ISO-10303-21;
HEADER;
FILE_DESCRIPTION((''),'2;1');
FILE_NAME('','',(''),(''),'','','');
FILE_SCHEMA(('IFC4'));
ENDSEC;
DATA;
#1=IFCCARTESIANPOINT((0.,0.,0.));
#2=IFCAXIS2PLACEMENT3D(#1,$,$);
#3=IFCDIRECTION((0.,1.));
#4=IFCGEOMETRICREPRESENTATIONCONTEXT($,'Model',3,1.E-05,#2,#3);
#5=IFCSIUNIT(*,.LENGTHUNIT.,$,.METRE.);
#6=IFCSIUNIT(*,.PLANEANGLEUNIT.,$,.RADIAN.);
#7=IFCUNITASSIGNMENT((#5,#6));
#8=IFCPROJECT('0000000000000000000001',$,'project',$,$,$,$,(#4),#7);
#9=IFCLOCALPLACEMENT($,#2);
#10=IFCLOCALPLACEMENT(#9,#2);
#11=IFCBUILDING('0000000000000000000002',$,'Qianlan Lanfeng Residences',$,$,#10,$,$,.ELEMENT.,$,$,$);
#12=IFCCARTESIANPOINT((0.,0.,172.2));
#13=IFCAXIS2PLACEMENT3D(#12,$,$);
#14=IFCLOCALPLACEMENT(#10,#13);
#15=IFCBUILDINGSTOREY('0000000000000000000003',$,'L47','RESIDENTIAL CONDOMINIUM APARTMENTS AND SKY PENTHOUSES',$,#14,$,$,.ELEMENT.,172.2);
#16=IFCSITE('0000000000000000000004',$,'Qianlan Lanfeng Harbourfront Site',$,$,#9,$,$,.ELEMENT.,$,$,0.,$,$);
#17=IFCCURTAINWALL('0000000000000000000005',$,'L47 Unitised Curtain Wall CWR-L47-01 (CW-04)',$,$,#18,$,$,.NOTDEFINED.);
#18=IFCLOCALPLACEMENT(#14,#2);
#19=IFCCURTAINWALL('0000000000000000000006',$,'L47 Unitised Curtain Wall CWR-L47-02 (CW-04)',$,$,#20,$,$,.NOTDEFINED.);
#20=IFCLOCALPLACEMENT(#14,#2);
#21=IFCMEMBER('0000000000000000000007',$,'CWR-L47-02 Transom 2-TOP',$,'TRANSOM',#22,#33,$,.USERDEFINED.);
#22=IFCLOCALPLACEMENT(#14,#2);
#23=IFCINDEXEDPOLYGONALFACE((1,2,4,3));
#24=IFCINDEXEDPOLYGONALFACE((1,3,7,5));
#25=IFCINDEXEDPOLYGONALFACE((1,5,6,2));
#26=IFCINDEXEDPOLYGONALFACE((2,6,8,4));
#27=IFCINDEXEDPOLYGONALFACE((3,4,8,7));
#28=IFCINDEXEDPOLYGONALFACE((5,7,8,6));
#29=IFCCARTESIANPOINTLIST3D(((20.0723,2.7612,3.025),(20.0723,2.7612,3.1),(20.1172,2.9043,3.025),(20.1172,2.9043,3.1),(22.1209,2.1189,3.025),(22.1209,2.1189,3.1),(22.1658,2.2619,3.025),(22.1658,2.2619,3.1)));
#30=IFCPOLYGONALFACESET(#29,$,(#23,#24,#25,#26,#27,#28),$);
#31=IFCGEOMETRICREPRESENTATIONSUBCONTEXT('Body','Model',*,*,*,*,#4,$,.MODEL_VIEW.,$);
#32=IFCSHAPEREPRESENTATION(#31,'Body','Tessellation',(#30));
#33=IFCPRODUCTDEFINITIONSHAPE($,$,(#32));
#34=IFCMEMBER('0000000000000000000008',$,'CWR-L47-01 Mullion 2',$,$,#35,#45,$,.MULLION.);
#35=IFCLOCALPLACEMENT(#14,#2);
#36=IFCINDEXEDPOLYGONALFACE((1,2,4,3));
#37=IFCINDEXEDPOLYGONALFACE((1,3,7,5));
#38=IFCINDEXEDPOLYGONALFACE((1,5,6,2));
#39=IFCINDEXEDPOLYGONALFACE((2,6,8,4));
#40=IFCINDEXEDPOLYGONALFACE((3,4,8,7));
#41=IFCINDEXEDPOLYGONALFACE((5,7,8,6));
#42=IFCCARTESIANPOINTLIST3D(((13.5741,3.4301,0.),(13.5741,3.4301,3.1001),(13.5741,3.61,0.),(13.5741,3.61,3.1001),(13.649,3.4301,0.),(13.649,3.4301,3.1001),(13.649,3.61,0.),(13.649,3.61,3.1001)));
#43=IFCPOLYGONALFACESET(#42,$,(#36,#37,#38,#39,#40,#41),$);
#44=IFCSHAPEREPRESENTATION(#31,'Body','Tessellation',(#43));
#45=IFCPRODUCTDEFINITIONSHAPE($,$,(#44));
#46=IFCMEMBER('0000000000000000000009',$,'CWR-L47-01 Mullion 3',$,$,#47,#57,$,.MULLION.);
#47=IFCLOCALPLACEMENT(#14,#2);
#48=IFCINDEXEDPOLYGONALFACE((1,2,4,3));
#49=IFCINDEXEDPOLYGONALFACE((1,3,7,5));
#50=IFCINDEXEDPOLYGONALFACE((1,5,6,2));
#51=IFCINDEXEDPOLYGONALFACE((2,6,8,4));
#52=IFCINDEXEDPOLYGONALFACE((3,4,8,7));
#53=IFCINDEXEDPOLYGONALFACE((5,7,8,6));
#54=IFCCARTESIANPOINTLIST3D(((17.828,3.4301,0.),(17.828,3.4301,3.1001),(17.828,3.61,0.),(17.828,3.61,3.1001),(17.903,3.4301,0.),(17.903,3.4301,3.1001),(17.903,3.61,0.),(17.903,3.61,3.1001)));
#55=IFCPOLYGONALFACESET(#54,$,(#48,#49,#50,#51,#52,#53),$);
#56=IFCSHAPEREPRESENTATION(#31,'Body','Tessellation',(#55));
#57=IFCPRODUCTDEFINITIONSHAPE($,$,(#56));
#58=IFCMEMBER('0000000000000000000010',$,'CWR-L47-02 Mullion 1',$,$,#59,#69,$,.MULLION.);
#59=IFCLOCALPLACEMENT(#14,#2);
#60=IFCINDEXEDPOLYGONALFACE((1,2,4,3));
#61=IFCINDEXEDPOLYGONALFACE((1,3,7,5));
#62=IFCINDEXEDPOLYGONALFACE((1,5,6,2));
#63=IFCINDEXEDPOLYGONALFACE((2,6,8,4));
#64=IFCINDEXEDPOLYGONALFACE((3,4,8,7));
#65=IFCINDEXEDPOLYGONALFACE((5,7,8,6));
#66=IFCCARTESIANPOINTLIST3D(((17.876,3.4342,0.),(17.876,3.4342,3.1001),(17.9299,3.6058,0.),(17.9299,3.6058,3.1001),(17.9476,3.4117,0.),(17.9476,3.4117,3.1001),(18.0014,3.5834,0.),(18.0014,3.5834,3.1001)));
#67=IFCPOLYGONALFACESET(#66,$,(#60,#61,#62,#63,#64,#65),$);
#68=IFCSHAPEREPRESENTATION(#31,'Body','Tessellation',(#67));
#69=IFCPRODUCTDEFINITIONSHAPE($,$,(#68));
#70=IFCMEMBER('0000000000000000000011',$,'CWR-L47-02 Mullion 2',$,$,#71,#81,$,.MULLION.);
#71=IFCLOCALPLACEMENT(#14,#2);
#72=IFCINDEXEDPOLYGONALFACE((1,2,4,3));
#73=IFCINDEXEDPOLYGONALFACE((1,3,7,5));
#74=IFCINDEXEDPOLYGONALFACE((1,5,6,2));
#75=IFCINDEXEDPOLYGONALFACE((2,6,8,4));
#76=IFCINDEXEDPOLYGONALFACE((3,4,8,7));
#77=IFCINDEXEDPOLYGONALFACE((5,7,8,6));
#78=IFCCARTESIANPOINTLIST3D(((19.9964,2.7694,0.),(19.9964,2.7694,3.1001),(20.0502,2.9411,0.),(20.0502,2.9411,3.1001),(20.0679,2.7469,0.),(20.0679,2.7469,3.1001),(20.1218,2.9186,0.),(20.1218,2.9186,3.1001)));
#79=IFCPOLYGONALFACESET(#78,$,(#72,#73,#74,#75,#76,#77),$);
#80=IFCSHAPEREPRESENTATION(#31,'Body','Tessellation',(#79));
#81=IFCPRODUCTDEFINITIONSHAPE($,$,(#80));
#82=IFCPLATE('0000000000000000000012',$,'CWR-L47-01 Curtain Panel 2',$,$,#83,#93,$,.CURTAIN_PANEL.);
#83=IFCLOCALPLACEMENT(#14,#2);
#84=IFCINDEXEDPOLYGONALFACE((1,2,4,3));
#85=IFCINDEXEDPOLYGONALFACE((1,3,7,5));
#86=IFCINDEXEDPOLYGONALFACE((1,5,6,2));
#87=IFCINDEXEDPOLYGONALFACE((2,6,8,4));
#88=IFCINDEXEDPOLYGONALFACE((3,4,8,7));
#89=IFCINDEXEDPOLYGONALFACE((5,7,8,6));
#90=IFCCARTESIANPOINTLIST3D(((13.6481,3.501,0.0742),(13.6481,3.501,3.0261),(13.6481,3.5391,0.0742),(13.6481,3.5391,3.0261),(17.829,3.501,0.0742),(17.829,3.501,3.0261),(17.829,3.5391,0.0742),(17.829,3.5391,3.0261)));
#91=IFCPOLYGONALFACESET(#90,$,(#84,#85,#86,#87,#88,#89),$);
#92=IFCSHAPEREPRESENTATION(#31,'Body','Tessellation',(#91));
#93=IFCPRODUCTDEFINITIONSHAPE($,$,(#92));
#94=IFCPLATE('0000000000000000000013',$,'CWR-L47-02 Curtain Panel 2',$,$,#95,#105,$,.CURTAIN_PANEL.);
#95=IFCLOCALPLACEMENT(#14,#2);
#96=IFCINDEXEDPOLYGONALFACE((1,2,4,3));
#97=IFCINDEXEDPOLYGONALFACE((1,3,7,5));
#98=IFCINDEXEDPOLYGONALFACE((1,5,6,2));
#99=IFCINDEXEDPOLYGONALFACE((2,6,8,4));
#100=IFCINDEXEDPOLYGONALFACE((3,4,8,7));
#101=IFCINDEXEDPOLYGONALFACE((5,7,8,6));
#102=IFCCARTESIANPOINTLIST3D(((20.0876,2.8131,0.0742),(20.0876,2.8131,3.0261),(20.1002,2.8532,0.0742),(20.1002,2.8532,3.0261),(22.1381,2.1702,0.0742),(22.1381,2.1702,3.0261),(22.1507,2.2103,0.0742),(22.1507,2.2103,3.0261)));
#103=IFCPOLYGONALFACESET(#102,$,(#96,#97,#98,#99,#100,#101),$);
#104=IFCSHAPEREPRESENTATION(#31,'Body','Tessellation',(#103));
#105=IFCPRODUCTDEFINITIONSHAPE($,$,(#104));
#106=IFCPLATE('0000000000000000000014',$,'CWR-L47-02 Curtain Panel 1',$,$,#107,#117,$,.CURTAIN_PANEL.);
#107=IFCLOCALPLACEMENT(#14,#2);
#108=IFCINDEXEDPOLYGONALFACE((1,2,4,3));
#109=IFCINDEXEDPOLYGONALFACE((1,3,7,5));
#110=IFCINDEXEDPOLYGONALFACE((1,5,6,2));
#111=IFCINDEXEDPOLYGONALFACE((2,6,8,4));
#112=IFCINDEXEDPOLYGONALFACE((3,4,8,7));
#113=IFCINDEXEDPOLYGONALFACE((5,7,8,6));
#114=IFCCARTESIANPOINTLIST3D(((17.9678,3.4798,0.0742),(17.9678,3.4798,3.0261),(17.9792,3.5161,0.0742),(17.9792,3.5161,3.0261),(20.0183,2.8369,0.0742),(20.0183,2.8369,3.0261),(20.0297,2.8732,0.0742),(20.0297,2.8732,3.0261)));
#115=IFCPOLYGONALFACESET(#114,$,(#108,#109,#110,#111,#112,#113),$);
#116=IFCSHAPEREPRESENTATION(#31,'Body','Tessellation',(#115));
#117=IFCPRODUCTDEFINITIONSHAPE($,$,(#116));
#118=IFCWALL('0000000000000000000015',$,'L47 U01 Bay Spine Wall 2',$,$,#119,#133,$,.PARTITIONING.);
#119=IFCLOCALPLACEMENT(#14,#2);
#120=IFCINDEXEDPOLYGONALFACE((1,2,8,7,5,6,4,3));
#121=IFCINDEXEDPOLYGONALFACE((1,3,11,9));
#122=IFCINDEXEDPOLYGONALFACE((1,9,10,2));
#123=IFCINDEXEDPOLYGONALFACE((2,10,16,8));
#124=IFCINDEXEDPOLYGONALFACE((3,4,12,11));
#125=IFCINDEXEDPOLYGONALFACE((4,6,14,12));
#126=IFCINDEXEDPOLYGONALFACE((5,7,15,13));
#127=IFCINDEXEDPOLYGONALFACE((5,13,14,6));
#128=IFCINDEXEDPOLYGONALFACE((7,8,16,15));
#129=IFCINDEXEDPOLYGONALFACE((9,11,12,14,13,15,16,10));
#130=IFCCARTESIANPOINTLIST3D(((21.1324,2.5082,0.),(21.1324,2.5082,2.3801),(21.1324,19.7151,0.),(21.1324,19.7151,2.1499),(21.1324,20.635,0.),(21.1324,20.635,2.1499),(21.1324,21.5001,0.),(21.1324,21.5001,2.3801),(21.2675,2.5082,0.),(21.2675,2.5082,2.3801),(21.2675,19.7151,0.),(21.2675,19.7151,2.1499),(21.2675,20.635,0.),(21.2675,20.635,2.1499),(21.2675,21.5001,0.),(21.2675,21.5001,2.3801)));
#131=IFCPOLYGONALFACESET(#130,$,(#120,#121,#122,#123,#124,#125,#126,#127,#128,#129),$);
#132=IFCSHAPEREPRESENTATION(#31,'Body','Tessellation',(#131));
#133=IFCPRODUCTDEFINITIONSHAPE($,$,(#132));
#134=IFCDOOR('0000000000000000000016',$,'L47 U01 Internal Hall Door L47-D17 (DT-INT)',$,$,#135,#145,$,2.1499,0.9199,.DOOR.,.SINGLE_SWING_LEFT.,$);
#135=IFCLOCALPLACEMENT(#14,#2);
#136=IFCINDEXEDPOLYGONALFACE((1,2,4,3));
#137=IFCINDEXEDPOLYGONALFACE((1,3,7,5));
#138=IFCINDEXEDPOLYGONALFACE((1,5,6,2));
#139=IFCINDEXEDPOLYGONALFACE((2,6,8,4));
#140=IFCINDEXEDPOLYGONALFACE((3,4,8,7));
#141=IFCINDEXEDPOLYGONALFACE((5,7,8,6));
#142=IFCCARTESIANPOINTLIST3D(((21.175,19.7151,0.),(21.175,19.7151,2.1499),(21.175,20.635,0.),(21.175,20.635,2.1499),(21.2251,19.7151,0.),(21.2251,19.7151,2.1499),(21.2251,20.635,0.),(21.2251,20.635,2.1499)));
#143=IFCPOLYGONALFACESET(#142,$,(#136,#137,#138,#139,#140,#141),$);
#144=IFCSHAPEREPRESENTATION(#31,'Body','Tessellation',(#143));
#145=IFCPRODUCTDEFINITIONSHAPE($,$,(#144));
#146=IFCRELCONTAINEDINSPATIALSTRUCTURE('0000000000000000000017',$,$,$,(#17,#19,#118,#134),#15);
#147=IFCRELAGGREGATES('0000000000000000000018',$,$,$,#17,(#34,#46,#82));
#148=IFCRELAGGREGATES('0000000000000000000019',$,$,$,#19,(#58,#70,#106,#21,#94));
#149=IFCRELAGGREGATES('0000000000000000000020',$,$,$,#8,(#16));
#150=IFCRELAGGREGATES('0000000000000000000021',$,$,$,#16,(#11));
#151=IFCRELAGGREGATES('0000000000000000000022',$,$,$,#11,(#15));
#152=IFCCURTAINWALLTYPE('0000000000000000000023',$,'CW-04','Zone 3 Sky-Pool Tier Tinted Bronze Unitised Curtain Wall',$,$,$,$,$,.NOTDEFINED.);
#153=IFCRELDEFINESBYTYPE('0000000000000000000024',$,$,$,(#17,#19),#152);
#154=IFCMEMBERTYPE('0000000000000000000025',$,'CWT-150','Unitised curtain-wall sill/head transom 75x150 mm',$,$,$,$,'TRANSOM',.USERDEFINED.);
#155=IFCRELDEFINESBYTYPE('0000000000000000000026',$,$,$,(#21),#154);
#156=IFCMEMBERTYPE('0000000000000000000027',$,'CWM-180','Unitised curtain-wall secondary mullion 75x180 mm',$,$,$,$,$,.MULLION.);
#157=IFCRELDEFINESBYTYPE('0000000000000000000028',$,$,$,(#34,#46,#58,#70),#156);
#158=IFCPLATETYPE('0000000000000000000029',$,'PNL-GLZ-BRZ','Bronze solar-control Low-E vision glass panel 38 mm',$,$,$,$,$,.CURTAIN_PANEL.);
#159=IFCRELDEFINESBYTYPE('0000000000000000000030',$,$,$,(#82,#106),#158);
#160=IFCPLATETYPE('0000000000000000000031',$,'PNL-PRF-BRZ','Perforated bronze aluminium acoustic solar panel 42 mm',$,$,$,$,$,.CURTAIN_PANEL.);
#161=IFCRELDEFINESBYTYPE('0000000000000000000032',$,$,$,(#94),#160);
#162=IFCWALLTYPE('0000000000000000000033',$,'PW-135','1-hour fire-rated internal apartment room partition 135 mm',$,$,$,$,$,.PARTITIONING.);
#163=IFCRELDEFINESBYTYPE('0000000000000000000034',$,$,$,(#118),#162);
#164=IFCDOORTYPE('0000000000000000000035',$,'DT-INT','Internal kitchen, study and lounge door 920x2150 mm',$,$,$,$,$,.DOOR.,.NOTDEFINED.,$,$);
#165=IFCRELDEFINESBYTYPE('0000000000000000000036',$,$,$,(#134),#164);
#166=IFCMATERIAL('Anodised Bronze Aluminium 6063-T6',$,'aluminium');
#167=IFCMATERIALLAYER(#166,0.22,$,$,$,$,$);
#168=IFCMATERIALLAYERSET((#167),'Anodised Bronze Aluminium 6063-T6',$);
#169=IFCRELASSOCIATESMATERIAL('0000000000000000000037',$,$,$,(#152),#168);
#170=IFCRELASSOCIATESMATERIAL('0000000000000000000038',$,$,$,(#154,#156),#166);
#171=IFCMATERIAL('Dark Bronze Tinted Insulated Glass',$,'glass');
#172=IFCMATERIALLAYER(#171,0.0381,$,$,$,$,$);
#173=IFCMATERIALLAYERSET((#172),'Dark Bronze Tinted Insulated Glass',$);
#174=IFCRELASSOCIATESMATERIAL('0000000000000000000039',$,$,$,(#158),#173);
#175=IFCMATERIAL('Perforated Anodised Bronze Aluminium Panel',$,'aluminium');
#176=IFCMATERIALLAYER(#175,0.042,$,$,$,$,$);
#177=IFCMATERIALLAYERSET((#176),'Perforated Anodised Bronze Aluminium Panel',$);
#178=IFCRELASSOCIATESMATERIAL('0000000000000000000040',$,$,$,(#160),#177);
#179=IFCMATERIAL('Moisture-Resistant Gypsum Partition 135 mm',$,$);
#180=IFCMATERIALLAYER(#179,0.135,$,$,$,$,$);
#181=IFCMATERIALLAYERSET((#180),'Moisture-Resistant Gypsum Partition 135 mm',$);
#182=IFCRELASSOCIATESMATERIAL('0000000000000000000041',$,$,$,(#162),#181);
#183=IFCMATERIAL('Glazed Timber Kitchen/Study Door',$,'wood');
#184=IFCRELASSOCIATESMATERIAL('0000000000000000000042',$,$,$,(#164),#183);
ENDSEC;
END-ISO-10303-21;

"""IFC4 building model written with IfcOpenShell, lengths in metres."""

from ifc_helpers import new_model, si_unit, direction, frame, frame_2d, origin, origin_2d, place, context, subcontext, project, spatial, rectangle, extrude, source, transform, mapped, material, layer, layer_set, material_profile, profile_set, type_object, element, fill, aggregate, save


model = new_model("IFC4")

# Units and contexts
model_context = context("Model", 3, precision=1e-05, world=origin(), true_north=direction((0.0, 1.0)))
body_context = subcontext(model_context, "Body", "Model", "MODEL_VIEW")
ifc_project = project(units=[si_unit("LENGTHUNIT", "METRE"), si_unit("PLANEANGLEUNIT", "RADIAN")], contexts=[model_context])

# Site, building, storey
site_placement = place(None, origin())
site = spatial("IfcSite", under=ifc_project, at=site_placement, Name="Qianlan Lanfeng Harbourfront Site", CompositionType="ELEMENT", RefElevation=0.0)
building_placement = place(site_placement, origin())
building = spatial("IfcBuilding", under=site, at=building_placement, Name="Qianlan Lanfeng Residences", CompositionType="ELEMENT")
storey_placement = place(building_placement, frame((0.0, 0.0, 172.2)))
storey = spatial("IfcBuildingStorey", under=building, at=storey_placement, Name="L47", Description="RESIDENTIAL CONDOMINIUM APARTMENTS AND SKY PENTHOUSES", CompositionType="ELEMENT", Elevation=172.2)

# Curtain walls, member
ifc_material_1 = material(Name="Anodised Bronze Aluminium 6063-T6", Category="aluminium")
ifc_layer_1 = layer(ifc_material_1, 0.22)
ifc_layer_set_1 = layer_set([ifc_layer_1], Name="Anodised Bronze Aluminium 6063-T6")
curtain_wall_type = type_object("IfcCurtainWallType", Name="CW-04", Description="Zone 3 Sky-Pool Tier Tinted Bronze Unitised Curtain Wall", PredefinedType="NOTDEFINED", material=ifc_layer_set_1)
curtain_wall_1_placement = place(storey_placement, origin())
curtain_wall_1 = element("IfcCurtainWall", 1, at=curtain_wall_1_placement, inside=storey, type_object=curtain_wall_type, Name="L47 Unitised Curtain Wall CWR-L47-01 (CW-04)", PredefinedType="NOTDEFINED")
ifc_material_profile_1 = material_profile(ifc_material_1, rectangle(XDim=0.075, YDim=0.1499, at=origin_2d()), Name="ALU TRANSOM 75x150")
ifc_profile_set_1 = profile_set([ifc_material_profile_1], Name="Anodised Bronze Aluminium 6063-T6")
member_type_1 = type_object("IfcMemberType", Name="CWT-150", Description="Unitised curtain-wall sill/head transom 75x150 mm", ElementType="TRANSOM", PredefinedType="USERDEFINED", material=ifc_profile_set_1)
curtain_wall_2_placement = place(storey_placement, origin())
curtain_wall_2 = element("IfcCurtainWall", 2, at=curtain_wall_2_placement, inside=storey, type_object=curtain_wall_type, Name="L47 Unitised Curtain Wall CWR-L47-02 (CW-04)", PredefinedType="NOTDEFINED")
shared_shape_1 = source(origin(), body_context, "Body", "SweptSolid", [
    extrude(rectangle(XDim=0.075, YDim=0.1499, at=origin_2d()), origin(), (0.0, 0.0, 1.0), 2.147),
])
member_1_placement = place(storey_placement, frame((20.0947, 2.8328, 3.0625), z_axis=(0.954194, -0.299188, 0.0), x_axis=(0.0, 0.0, 1.0)))
member_1 = element("IfcMember", 3, at=member_1_placement, type_object=member_type_1, Name="CWR-L47-02 Transom 2-TOP", ObjectType="TRANSOM", PredefinedType="USERDEFINED", context=body_context, shape_type="MappedRepresentation", body=[
    mapped(shared_shape_1, transform((0.0, 0.0, 0.0), scale=1.0)),
])

# Members
ifc_material_profile_2 = material_profile(ifc_material_1, rectangle(XDim=0.075, YDim=0.1799, at=origin_2d()), Name="ALU MULLION 75x180")
ifc_profile_set_2 = profile_set([ifc_material_profile_2], Name="Anodised Bronze Aluminium 6063-T6")
member_type_2 = type_object("IfcMemberType", Name="CWM-180", Description="Unitised curtain-wall secondary mullion 75x180 mm", PredefinedType="MULLION", material=ifc_profile_set_2)
shared_shape_2 = source(origin(), body_context, "Body", "SweptSolid", [
    extrude(rectangle(XDim=0.075, YDim=0.1799, at=origin_2d()), origin(), (0.0, 0.0, 1.0), 3.1001),
])
member_2_placement = place(storey_placement, frame((13.6116, 3.52, 0.0), z_axis=(0.0, 0.0, 1.0), x_axis=(1.0, 0.0, 0.0)))
member_2 = element("IfcMember", 4, at=member_2_placement, type_object=member_type_2, Name="CWR-L47-01 Mullion 2", PredefinedType="MULLION", context=body_context, shape_type="MappedRepresentation", body=[
    mapped(shared_shape_2, transform((0.0, 0.0, 0.0), scale=1.0)),
])
member_3_placement = place(storey_placement, frame((17.8655, 3.52, 0.0), z_axis=(0.0, 0.0, 1.0), x_axis=(1.0, 0.0, 0.0)))
member_3 = element("IfcMember", 5, at=member_3_placement, type_object=member_type_2, Name="CWR-L47-01 Mullion 3", PredefinedType="MULLION", context=body_context, shape_type="MappedRepresentation", body=[
    mapped(shared_shape_2, transform((0.0, 0.0, 0.0), scale=1.0)),
])
member_4_placement = place(storey_placement, frame((17.9387, 3.5088, 0.0), z_axis=(0.0, 0.0, 1.0), x_axis=(0.954196, -0.299182, 0.0)))
member_4 = element("IfcMember", 6, at=member_4_placement, type_object=member_type_2, Name="CWR-L47-02 Mullion 1", PredefinedType="MULLION", context=body_context, shape_type="MappedRepresentation", body=[
    mapped(shared_shape_2, transform((0.0, 0.0, 0.0), scale=1.0)),
])
member_5_placement = place(storey_placement, frame((20.0591, 2.844, 0.0), z_axis=(0.0, 0.0, 1.0), x_axis=(0.954196, -0.299182, 0.0)))
member_5 = element("IfcMember", 7, at=member_5_placement, type_object=member_type_2, Name="CWR-L47-02 Mullion 2", PredefinedType="MULLION", context=body_context, shape_type="MappedRepresentation", body=[
    mapped(shared_shape_2, transform((0.0, 0.0, 0.0), scale=1.0)),
])

# Plates
ifc_material_2 = material(Name="Dark Bronze Tinted Insulated Glass", Category="glass")
ifc_layer_2 = layer(ifc_material_2, 0.0381)
ifc_layer_set_2 = layer_set([ifc_layer_2], Name="Dark Bronze Tinted Insulated Glass")
plate_type_1 = type_object("IfcPlateType", Name="PNL-GLZ-BRZ", Description="Bronze solar-control Low-E vision glass panel 38 mm", PredefinedType="CURTAIN_PANEL", material=ifc_layer_set_2)
shared_shape_3 = source(origin(), body_context, "Body", "SweptSolid", [
    extrude(rectangle(XDim=4.1809, YDim=0.0381, at=origin_2d()), origin(), (0.0, 0.0, 1.0), 2.9519),
])
plate_1_placement = place(storey_placement, frame((15.7385, 3.52, 0.0742), z_axis=(0.0, 0.0, 1.0), x_axis=(1.0, 0.0, 0.0)))
plate_1 = element("IfcPlate", 8, at=plate_1_placement, type_object=plate_type_1, Name="CWR-L47-01 Curtain Panel 2", PredefinedType="CURTAIN_PANEL", context=body_context, shape_type="MappedRepresentation", body=[
    mapped(shared_shape_3, transform((0.0, 0.0, 0.0), scale=1.0)),
])
aggregate(curtain_wall_1, [member_2, member_3, plate_1])
ifc_material_3 = material(Name="Perforated Anodised Bronze Aluminium Panel", Category="aluminium")
ifc_layer_3 = layer(ifc_material_3, 0.042)
ifc_layer_set_3 = layer_set([ifc_layer_3], Name="Perforated Anodised Bronze Aluminium Panel")
plate_type_2 = type_object("IfcPlateType", Name="PNL-PRF-BRZ", Description="Perforated bronze aluminium acoustic solar panel 42 mm", PredefinedType="CURTAIN_PANEL", material=ifc_layer_set_3)
shared_shape_4 = source(origin(), body_context, "Body", "SweptSolid", [
    extrude(rectangle(XDim=2.1489, YDim=0.042, at=origin_2d()), origin(), (0.0, 0.0, 1.0), 2.9519),
])
plate_2_placement = place(storey_placement, frame((21.1191, 2.5117, 0.0742), z_axis=(0.0, 0.0, 1.0), x_axis=(0.954196, -0.299182, 0.0)))
plate_2 = element("IfcPlate", 9, at=plate_2_placement, type_object=plate_type_2, Name="CWR-L47-02 Curtain Panel 2", PredefinedType="CURTAIN_PANEL", context=body_context, shape_type="MappedRepresentation", body=[
    mapped(shared_shape_4, transform((0.0, 0.0, 0.0), scale=1.0)),
])
shared_shape_5 = source(origin(), body_context, "Body", "SweptSolid", [
    extrude(rectangle(XDim=2.1489, YDim=0.0381, at=origin_2d()), origin(), (0.0, 0.0, 1.0), 2.9519),
])
plate_3_placement = place(storey_placement, frame((18.9988, 3.1765, 0.0742), z_axis=(0.0, 0.0, 1.0), x_axis=(0.954196, -0.299182, 0.0)))
plate_3 = element("IfcPlate", 10, at=plate_3_placement, type_object=plate_type_1, Name="CWR-L47-02 Curtain Panel 1", PredefinedType="CURTAIN_PANEL", context=body_context, shape_type="MappedRepresentation", body=[
    mapped(shared_shape_5, transform((0.0, 0.0, 0.0), scale=1.0)),
])
aggregate(curtain_wall_2, [member_4, member_5, plate_3, member_1, plate_2])

# Wall, opening, door
ifc_material_4 = material(Name="Moisture-Resistant Gypsum Partition 135 mm")
ifc_layer_4 = layer(ifc_material_4, 0.135)
ifc_layer_set_4 = layer_set([ifc_layer_4], Name="Moisture-Resistant Gypsum Partition 135 mm")
wall_type = type_object("IfcWallType", Name="PW-135", Description="1-hour fire-rated internal apartment room partition 135 mm", PredefinedType="PARTITIONING", material=ifc_layer_set_4)
wall_placement = place(storey_placement, frame((21.2, 2.5081, 0.0), z_axis=(0.0, 0.0, 1.0), x_axis=(0.0, 1.0, 0.0)))
wall = element("IfcWall", 11, at=wall_placement, inside=storey, type_object=wall_type, Name="L47 U01 Bay Spine Wall 2", PredefinedType="PARTITIONING", context=body_context, shape_type="SweptSolid", body=[
    extrude(rectangle(XDim=18.9919, YDim=0.135, at=frame_2d((9.4961, 0.0))), origin(), (0.0, 0.0, 1.0), 2.3801),
])
opening_placement = place(wall_placement, frame((17.207, 0.0, 0.0)))
opening = element("IfcOpeningElement", 12, at=opening_placement, cuts=wall, PredefinedType="OPENING", context=body_context, shape_type="SweptSolid", body=[
    extrude(rectangle(XDim=0.9199, YDim=2.1499, at=frame_2d((0.46, 1.075))), frame((0.0, 0.0776, 0.0), z_axis=(0.0, -1.0, 0.0), x_axis=(1.0, 0.0, 0.0)), (0.0, 0.0, 1.0), 0.155),
])
ifc_material_5 = material(Name="Glazed Timber Kitchen/Study Door", Category="wood")
door_type = type_object("IfcDoorType", Name="DT-INT", Description="Internal kitchen, study and lounge door 920x2150 mm", OperationType="NOTDEFINED", PredefinedType="DOOR", material=ifc_material_5)
door_placement = place(opening_placement, origin())
door = element("IfcDoor", 13, at=door_placement, inside=storey, type_object=door_type, Name="L47 U01 Internal Hall Door L47-D17 (DT-INT)", OperationType="SINGLE_SWING_LEFT", OverallHeight=2.1499, OverallWidth=0.9199, PredefinedType="DOOR", context=body_context, shape_type="SweptSolid", body=[
    extrude(rectangle(XDim=0.9199, YDim=2.1499, at=frame_2d((0.46, 1.075))), frame((0.0, 0.0249, 0.0), z_axis=(0.0, -1.0, 0.0), x_axis=(1.0, 0.0, 0.0)), (0.0, 0.0, 1.0), 0.05),
])
fill(opening, door)

save(model, "model.ifc")
